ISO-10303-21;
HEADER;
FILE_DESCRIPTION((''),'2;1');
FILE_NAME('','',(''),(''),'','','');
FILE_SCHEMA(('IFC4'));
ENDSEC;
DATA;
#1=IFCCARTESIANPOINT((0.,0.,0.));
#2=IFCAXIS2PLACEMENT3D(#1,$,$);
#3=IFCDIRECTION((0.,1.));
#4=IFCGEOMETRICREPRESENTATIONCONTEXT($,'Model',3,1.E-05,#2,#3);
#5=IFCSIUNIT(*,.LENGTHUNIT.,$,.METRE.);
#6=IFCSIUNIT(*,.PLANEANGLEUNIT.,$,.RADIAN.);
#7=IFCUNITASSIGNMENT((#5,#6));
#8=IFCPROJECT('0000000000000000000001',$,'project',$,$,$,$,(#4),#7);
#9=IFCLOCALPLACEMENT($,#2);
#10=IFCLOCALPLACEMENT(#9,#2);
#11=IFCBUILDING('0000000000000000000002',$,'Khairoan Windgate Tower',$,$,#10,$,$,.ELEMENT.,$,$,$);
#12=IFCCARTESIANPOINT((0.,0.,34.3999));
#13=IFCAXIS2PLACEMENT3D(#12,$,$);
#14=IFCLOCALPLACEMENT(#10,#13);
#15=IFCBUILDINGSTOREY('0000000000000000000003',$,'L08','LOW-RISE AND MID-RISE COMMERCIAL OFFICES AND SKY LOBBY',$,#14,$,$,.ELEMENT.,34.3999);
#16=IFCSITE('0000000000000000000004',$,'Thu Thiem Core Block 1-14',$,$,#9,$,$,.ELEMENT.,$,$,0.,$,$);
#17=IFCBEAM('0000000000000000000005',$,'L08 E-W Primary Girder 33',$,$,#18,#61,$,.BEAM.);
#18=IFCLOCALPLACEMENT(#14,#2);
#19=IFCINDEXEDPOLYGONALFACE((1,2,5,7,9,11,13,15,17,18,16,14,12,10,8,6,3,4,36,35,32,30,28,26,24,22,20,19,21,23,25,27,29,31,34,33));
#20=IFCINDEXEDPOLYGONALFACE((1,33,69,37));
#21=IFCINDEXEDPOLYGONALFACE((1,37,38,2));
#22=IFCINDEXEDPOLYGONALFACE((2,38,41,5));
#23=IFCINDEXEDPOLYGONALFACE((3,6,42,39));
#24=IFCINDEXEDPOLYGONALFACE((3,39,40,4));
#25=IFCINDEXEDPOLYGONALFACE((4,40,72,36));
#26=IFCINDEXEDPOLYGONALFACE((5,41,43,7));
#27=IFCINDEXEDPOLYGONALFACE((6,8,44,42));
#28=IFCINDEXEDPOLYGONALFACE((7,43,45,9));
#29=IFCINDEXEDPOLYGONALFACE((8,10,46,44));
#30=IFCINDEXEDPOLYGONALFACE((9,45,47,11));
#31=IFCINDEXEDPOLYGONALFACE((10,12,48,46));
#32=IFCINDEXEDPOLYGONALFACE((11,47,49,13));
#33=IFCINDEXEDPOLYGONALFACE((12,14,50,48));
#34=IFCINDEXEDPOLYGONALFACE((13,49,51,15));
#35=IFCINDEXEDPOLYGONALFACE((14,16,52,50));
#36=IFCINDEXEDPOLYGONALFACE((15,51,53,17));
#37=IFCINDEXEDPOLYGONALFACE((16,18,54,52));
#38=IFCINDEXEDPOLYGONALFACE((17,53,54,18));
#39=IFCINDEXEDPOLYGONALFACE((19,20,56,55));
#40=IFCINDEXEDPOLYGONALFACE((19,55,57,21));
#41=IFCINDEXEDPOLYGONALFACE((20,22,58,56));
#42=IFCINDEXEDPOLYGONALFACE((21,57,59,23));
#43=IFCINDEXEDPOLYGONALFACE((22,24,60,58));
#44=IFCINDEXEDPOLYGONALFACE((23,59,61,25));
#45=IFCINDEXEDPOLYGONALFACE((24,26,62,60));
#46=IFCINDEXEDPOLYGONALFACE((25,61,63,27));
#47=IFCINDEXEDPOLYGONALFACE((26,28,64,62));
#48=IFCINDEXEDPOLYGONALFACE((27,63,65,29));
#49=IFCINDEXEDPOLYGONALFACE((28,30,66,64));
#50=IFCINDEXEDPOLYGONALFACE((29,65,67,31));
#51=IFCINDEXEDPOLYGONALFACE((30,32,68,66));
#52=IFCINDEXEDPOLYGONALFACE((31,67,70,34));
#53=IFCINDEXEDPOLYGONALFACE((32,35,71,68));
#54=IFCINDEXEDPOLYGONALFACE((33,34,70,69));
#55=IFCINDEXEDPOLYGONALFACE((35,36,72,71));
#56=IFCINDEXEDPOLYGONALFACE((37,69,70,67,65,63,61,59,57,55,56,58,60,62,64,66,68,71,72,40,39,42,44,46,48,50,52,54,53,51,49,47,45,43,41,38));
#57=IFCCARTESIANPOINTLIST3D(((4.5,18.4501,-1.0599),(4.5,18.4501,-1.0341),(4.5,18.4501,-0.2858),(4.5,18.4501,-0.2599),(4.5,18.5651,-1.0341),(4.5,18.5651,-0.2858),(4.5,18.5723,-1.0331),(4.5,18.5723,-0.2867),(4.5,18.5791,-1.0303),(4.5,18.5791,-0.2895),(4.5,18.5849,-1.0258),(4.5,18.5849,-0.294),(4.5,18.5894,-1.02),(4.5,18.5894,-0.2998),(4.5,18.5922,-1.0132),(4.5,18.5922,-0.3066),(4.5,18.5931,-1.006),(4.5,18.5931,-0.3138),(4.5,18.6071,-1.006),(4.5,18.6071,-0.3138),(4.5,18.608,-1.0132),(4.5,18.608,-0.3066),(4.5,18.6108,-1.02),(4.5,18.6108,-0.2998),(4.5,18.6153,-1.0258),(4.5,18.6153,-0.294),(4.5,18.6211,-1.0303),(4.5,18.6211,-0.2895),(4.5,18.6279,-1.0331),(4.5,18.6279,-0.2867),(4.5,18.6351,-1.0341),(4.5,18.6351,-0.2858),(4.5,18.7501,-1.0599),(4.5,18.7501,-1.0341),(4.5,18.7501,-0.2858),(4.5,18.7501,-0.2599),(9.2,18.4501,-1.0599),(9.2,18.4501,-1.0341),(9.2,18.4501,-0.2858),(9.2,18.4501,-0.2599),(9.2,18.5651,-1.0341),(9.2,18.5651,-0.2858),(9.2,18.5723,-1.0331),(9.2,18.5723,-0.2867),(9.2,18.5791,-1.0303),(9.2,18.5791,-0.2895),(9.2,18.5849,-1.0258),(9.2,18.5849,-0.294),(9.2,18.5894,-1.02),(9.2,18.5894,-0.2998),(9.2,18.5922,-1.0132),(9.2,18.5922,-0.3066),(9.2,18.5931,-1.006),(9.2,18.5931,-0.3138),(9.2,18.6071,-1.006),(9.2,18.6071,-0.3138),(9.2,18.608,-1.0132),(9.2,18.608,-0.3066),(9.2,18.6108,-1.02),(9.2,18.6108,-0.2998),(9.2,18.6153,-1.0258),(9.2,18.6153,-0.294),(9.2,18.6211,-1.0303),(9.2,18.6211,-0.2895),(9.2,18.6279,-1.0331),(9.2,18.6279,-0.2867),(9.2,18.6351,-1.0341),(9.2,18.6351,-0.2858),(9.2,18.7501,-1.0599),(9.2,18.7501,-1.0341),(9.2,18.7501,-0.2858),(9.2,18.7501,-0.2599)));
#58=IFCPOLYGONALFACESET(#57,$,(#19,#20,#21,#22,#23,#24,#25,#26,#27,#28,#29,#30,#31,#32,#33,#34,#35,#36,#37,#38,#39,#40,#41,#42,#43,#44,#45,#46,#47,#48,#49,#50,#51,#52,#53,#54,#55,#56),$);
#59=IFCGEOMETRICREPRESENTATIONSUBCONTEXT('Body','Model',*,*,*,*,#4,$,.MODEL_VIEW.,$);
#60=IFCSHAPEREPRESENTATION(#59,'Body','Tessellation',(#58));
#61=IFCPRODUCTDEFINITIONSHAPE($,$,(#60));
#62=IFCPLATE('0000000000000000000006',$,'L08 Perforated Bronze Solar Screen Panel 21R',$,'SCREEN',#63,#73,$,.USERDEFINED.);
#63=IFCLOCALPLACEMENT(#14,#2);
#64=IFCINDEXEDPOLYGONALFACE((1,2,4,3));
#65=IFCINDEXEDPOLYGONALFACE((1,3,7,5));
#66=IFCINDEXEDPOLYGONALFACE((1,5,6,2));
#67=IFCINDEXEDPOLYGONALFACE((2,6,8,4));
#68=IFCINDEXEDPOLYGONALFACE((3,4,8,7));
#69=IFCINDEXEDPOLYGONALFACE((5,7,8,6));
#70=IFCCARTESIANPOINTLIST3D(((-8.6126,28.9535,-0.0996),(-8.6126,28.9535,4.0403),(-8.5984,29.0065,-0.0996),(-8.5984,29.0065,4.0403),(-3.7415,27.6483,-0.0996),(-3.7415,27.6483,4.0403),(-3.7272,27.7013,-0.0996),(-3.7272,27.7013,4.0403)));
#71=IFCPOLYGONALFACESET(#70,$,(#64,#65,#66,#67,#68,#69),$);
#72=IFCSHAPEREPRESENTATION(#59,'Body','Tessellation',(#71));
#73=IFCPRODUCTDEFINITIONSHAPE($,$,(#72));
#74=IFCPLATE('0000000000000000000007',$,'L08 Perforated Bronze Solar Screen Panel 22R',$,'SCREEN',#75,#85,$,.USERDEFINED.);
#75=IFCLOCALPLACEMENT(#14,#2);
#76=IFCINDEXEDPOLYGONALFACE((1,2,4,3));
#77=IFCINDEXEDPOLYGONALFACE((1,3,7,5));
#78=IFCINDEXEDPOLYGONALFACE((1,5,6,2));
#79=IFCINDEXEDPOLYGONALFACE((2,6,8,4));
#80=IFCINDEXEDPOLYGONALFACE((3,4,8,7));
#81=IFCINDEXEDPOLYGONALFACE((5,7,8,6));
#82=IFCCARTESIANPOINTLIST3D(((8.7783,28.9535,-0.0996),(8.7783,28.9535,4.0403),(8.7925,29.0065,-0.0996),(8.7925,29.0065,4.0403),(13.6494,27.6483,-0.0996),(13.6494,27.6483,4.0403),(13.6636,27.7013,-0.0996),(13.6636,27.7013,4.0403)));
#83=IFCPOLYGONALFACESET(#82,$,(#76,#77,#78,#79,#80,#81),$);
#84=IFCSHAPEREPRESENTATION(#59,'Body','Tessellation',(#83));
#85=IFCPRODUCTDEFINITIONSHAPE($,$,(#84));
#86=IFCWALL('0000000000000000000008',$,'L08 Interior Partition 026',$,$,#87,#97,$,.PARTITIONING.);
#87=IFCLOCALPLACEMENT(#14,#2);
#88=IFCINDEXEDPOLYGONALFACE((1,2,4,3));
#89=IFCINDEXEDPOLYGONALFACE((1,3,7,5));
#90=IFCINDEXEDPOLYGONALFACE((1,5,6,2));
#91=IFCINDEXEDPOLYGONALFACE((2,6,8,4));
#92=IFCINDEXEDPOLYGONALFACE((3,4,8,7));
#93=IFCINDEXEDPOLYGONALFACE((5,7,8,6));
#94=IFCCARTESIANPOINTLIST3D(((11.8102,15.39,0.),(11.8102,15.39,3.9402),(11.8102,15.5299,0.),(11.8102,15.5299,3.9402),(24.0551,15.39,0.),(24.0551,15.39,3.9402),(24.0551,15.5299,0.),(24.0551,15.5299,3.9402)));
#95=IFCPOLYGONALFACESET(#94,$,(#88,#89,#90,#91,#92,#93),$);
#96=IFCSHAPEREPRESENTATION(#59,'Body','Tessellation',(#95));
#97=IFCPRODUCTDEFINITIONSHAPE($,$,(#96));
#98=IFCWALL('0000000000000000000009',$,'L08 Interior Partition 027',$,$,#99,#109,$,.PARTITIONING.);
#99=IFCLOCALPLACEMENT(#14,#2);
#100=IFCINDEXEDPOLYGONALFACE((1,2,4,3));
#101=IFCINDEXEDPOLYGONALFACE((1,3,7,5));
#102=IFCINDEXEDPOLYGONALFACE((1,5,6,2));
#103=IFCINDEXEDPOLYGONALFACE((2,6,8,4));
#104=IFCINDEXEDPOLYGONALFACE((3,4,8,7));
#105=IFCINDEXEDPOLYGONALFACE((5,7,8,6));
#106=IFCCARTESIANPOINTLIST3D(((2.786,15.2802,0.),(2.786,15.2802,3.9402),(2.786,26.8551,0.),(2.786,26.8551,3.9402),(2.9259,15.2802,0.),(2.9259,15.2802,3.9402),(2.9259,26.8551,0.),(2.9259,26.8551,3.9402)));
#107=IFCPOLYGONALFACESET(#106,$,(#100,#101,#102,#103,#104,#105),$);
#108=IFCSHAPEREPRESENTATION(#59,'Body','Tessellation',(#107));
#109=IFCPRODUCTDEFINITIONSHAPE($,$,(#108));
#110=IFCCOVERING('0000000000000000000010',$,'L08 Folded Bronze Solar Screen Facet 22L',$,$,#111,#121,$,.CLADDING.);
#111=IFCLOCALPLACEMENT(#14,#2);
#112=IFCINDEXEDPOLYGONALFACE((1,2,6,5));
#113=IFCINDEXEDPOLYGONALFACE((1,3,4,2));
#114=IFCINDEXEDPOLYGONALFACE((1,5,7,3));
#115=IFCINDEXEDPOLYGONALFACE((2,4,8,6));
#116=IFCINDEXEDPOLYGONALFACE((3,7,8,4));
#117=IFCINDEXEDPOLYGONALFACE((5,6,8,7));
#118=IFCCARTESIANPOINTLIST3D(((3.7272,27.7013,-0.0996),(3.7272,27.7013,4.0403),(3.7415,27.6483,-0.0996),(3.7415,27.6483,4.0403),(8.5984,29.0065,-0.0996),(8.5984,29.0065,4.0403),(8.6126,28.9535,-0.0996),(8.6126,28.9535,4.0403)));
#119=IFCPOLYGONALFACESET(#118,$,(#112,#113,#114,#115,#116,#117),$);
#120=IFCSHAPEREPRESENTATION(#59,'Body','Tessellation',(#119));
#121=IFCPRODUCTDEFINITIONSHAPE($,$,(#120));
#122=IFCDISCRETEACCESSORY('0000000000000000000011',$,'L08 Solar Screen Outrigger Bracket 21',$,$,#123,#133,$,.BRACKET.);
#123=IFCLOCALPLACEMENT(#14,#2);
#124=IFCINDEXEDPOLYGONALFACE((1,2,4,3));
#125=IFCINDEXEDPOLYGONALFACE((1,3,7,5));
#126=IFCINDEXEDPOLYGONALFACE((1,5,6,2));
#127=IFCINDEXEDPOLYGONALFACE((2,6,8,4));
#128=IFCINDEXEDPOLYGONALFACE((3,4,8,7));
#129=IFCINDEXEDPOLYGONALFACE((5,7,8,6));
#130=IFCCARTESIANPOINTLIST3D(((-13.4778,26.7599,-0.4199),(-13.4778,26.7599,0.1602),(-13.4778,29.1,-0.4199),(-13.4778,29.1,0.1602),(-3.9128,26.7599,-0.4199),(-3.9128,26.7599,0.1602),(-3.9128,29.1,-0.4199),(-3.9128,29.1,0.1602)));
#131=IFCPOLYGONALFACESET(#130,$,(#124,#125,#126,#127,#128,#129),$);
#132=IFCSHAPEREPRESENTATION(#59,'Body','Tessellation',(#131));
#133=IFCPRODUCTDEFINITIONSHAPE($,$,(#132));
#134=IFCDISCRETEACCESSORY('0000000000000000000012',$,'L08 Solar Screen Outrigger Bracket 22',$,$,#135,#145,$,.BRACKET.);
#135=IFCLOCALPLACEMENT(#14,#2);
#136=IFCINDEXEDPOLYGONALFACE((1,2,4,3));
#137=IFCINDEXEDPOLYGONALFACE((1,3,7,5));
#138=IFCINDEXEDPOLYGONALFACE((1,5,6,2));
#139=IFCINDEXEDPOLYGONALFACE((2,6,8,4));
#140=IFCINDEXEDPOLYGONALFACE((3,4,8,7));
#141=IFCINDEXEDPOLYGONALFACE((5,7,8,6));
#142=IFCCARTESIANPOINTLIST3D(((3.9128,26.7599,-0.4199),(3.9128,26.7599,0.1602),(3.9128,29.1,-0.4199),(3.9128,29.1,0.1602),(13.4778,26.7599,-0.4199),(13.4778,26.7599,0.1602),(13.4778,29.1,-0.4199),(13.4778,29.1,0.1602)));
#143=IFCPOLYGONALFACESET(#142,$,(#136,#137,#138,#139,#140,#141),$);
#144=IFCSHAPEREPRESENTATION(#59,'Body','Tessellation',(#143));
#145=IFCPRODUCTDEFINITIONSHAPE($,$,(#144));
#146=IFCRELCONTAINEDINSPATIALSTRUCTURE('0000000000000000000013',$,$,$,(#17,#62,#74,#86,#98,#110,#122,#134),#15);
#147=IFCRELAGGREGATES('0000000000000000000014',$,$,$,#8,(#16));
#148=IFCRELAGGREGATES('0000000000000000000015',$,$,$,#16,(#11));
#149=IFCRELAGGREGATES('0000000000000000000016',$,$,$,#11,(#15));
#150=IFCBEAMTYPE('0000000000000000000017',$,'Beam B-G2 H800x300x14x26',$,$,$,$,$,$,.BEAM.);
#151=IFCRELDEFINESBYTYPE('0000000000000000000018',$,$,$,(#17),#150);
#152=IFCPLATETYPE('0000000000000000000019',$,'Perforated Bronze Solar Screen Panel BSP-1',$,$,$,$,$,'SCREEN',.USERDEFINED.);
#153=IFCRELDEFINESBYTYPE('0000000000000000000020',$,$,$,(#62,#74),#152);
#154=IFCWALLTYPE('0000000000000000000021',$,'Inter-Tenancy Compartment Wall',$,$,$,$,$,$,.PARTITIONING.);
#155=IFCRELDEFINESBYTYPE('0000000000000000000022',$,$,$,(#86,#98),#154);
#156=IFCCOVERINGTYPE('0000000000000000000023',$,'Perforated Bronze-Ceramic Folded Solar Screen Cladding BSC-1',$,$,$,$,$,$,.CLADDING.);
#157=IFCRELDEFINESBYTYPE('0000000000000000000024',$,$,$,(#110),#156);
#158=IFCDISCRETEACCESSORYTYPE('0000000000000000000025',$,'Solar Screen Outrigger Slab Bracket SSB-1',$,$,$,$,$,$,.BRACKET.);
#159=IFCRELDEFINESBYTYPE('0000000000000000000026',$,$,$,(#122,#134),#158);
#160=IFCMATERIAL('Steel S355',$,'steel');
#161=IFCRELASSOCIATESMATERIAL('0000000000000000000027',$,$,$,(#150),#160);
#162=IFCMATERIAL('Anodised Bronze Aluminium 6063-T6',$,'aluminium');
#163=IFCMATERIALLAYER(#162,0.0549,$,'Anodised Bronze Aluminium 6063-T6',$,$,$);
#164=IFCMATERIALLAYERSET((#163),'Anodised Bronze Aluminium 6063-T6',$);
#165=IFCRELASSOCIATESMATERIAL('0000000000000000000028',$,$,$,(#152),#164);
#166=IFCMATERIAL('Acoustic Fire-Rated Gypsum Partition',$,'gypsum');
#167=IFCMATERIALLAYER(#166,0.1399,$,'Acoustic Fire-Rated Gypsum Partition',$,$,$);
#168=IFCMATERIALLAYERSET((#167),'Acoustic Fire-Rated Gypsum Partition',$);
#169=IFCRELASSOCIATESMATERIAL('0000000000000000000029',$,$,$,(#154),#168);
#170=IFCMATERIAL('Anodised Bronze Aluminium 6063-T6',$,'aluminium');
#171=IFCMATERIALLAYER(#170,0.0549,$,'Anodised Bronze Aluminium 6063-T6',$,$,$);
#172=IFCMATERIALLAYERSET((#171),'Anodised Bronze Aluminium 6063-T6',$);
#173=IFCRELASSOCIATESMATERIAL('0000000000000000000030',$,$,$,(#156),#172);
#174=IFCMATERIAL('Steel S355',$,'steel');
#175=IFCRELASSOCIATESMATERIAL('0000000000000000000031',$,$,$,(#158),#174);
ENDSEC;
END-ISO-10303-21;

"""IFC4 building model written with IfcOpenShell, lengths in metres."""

from ifc_helpers import new_model, si_unit, direction, frame, frame_2d, origin, origin_2d, place, context, subcontext, project, spatial, rectangle, i_section, extrude, material, layer, layer_set, material_profile, profile_set, type_object, element, save


model = new_model("IFC4")

# Units and contexts
model_context = context("Model", 3, precision=1e-05, world=origin(), true_north=direction((0.0, 1.0)))
body_context = subcontext(model_context, "Body", "Model", "MODEL_VIEW")
ifc_project = project(units=[si_unit("LENGTHUNIT", "METRE"), si_unit("PLANEANGLEUNIT", "RADIAN")], contexts=[model_context])

# Site, building, storey
site_placement = place(None, origin())
site = spatial("IfcSite", under=ifc_project, at=site_placement, Name="Thu Thiem Core Block 1-14", CompositionType="ELEMENT", RefElevation=0.0)
building_placement = place(site_placement, origin())
building = spatial("IfcBuilding", under=site, at=building_placement, Name="Khairoan Windgate Tower", CompositionType="ELEMENT")
storey_placement = place(building_placement, frame((0.0, 0.0, 34.3999)))
storey = spatial("IfcBuildingStorey", under=building, at=storey_placement, Name="L08", Description="LOW-RISE AND MID-RISE COMMERCIAL OFFICES AND SKY LOBBY", CompositionType="ELEMENT", Elevation=34.3999)

# Beam
ifc_material_1 = material(Name="Steel S355", Category="steel")
ifc_material_profile_1 = material_profile(ifc_material_1, i_section(OverallWidth=0.3, OverallDepth=0.8, WebThickness=0.0139, FlangeThickness=0.0259, FilletRadius=0.0281, at=origin_2d()))
ifc_profile_set_1 = profile_set([ifc_material_profile_1], Name="Steel S355")
beam_type = type_object("IfcBeamType", Name="Beam B-G2 H800x300x14x26", PredefinedType="BEAM", material=ifc_profile_set_1)
beam_1_placement = place(storey_placement, frame((4.5, 18.6001, -0.6599), z_axis=(1.0, 0.0, 0.0), x_axis=(0.0, 1.0, 0.0)))
element("IfcBeam", 1, at=beam_1_placement, inside=storey, type_object=beam_type, Name="L08 E-W Primary Girder 33", PredefinedType="BEAM", context=body_context, shape_type="SweptSolid", body=[
    extrude(i_section(OverallWidth=0.3, OverallDepth=0.8, WebThickness=0.0139, FlangeThickness=0.0259, FilletRadius=0.0281, at=origin_2d()), origin(), (0.0, 0.0, 1.0), 4.7),
])

# Plates
ifc_material_2 = material(Name="Anodised Bronze Aluminium 6063-T6", Category="aluminium")
ifc_layer_1 = layer(ifc_material_2, 0.0549, Name="Anodised Bronze Aluminium 6063-T6")
ifc_layer_set_1 = layer_set([ifc_layer_1], Name="Anodised Bronze Aluminium 6063-T6")
plate_type = type_object("IfcPlateType", Name="Perforated Bronze Solar Screen Panel BSP-1", ElementType="SCREEN", PredefinedType="USERDEFINED", material=ifc_layer_set_1)
for number, where, z_axis, x_axis, name in (
    (2, (-6.1699, 28.3274, -0.0996), (0.0, 0.0, 1.0), (0.965926, -0.258819, 0.0), "L08 Perforated Bronze Solar Screen Panel 21R"),
    (3, (11.2209, 28.3274, -0.0996), (0.0, 0.0, 1.0), (0.965926, -0.258819, 0.0), "L08 Perforated Bronze Solar Screen Panel 22R"),
):
    element("IfcPlate", number, at=place(storey_placement, frame(where, z_axis=z_axis, x_axis=x_axis)), inside=storey, type_object=plate_type, Name=name, ObjectType="SCREEN", PredefinedType="USERDEFINED", context=body_context, shape_type="SweptSolid", body=[
        extrude(rectangle(XDim=5.043, YDim=0.0549, at=origin_2d()), origin(), (0.0, 0.0, 1.0), 4.1399),
    ])

# Walls
ifc_material_3 = material(Name="Acoustic Fire-Rated Gypsum Partition", Category="gypsum")
ifc_layer_2 = layer(ifc_material_3, 0.1399, Name="Acoustic Fire-Rated Gypsum Partition")
ifc_layer_set_2 = layer_set([ifc_layer_2], Name="Acoustic Fire-Rated Gypsum Partition")
wall_type_1 = type_object("IfcWallType", Name="Inter-Tenancy Compartment Wall", PredefinedType="PARTITIONING", material=ifc_layer_set_2)
wall_1_placement = place(storey_placement, frame((11.8101, 15.46, 0.0), z_axis=(0.0, 0.0, 1.0), x_axis=(1.0, 0.0, 0.0)))
element("IfcWall", 4, at=wall_1_placement, inside=storey, type_object=wall_type_1, Name="L08 Interior Partition 026", PredefinedType="PARTITIONING", context=body_context, shape_type="SweptSolid", body=[
    extrude(rectangle(XDim=12.2449, YDim=0.1399, at=frame_2d((6.1226, 0.0))), origin(), (0.0, 0.0, 1.0), 3.9402),
])
wall_2_placement = place(storey_placement, frame((2.856, 15.28, 0.0), z_axis=(0.0, 0.0, 1.0), x_axis=(0.0, 1.0, 0.0)))
element("IfcWall", 5, at=wall_2_placement, inside=storey, type_object=wall_type_1, Name="L08 Interior Partition 027", PredefinedType="PARTITIONING", context=body_context, shape_type="SweptSolid", body=[
    extrude(rectangle(XDim=11.575, YDim=0.1399, at=frame_2d((5.7876, 0.0))), origin(), (0.0, 0.0, 1.0), 3.9402),
])

# Covering
ifc_material_4 = material(Name="Anodised Bronze Aluminium 6063-T6", Category="aluminium")
ifc_layer_3 = layer(ifc_material_4, 0.0549, Name="Anodised Bronze Aluminium 6063-T6")
ifc_layer_set_3 = layer_set([ifc_layer_3], Name="Anodised Bronze Aluminium 6063-T6")
covering_type = type_object("IfcCoveringType", Name="Perforated Bronze-Ceramic Folded Solar Screen Cladding BSC-1", PredefinedType="CLADDING", material=ifc_layer_set_3)
covering_placement = place(storey_placement, frame((6.1699, 28.3274, -0.0996), z_axis=(0.0, 0.0, 1.0), x_axis=(0.965926, 0.258819, 0.0)))
element("IfcCovering", 6, at=covering_placement, inside=storey, type_object=covering_type, Name="L08 Folded Bronze Solar Screen Facet 22L", PredefinedType="CLADDING", context=body_context, shape_type="SweptSolid", body=[
    extrude(rectangle(XDim=5.043, YDim=0.0549, at=origin_2d()), origin(), (0.0, 0.0, 1.0), 4.1399),
])

# Discrete accessories
ifc_material_5 = material(Name="Steel S355", Category="steel")
discrete_accessory_type = type_object("IfcDiscreteAccessoryType", Name="Solar Screen Outrigger Slab Bracket SSB-1", PredefinedType="BRACKET", material=ifc_material_5)
for number, where, z_axis, x_axis, name in (
    (7, (-8.6953, 27.9299, -0.4199), (0.0, 0.0, 1.0), (1.0, 0.0, 0.0), "L08 Solar Screen Outrigger Bracket 21"),
    (8, (8.6953, 27.9299, -0.4199), (0.0, 0.0, 1.0), (1.0, 0.0, 0.0), "L08 Solar Screen Outrigger Bracket 22"),
):
    element("IfcDiscreteAccessory", number, at=place(storey_placement, frame(where, z_axis=z_axis, x_axis=x_axis)), inside=storey, type_object=discrete_accessory_type, Name=name, PredefinedType="BRACKET", context=body_context, shape_type="SweptSolid", body=[
        extrude(rectangle(XDim=9.5649, YDim=2.3401, at=origin_2d()), origin(), (0.0, 0.0, 1.0), 0.5801),
    ])

save(model, "model.ifc")
